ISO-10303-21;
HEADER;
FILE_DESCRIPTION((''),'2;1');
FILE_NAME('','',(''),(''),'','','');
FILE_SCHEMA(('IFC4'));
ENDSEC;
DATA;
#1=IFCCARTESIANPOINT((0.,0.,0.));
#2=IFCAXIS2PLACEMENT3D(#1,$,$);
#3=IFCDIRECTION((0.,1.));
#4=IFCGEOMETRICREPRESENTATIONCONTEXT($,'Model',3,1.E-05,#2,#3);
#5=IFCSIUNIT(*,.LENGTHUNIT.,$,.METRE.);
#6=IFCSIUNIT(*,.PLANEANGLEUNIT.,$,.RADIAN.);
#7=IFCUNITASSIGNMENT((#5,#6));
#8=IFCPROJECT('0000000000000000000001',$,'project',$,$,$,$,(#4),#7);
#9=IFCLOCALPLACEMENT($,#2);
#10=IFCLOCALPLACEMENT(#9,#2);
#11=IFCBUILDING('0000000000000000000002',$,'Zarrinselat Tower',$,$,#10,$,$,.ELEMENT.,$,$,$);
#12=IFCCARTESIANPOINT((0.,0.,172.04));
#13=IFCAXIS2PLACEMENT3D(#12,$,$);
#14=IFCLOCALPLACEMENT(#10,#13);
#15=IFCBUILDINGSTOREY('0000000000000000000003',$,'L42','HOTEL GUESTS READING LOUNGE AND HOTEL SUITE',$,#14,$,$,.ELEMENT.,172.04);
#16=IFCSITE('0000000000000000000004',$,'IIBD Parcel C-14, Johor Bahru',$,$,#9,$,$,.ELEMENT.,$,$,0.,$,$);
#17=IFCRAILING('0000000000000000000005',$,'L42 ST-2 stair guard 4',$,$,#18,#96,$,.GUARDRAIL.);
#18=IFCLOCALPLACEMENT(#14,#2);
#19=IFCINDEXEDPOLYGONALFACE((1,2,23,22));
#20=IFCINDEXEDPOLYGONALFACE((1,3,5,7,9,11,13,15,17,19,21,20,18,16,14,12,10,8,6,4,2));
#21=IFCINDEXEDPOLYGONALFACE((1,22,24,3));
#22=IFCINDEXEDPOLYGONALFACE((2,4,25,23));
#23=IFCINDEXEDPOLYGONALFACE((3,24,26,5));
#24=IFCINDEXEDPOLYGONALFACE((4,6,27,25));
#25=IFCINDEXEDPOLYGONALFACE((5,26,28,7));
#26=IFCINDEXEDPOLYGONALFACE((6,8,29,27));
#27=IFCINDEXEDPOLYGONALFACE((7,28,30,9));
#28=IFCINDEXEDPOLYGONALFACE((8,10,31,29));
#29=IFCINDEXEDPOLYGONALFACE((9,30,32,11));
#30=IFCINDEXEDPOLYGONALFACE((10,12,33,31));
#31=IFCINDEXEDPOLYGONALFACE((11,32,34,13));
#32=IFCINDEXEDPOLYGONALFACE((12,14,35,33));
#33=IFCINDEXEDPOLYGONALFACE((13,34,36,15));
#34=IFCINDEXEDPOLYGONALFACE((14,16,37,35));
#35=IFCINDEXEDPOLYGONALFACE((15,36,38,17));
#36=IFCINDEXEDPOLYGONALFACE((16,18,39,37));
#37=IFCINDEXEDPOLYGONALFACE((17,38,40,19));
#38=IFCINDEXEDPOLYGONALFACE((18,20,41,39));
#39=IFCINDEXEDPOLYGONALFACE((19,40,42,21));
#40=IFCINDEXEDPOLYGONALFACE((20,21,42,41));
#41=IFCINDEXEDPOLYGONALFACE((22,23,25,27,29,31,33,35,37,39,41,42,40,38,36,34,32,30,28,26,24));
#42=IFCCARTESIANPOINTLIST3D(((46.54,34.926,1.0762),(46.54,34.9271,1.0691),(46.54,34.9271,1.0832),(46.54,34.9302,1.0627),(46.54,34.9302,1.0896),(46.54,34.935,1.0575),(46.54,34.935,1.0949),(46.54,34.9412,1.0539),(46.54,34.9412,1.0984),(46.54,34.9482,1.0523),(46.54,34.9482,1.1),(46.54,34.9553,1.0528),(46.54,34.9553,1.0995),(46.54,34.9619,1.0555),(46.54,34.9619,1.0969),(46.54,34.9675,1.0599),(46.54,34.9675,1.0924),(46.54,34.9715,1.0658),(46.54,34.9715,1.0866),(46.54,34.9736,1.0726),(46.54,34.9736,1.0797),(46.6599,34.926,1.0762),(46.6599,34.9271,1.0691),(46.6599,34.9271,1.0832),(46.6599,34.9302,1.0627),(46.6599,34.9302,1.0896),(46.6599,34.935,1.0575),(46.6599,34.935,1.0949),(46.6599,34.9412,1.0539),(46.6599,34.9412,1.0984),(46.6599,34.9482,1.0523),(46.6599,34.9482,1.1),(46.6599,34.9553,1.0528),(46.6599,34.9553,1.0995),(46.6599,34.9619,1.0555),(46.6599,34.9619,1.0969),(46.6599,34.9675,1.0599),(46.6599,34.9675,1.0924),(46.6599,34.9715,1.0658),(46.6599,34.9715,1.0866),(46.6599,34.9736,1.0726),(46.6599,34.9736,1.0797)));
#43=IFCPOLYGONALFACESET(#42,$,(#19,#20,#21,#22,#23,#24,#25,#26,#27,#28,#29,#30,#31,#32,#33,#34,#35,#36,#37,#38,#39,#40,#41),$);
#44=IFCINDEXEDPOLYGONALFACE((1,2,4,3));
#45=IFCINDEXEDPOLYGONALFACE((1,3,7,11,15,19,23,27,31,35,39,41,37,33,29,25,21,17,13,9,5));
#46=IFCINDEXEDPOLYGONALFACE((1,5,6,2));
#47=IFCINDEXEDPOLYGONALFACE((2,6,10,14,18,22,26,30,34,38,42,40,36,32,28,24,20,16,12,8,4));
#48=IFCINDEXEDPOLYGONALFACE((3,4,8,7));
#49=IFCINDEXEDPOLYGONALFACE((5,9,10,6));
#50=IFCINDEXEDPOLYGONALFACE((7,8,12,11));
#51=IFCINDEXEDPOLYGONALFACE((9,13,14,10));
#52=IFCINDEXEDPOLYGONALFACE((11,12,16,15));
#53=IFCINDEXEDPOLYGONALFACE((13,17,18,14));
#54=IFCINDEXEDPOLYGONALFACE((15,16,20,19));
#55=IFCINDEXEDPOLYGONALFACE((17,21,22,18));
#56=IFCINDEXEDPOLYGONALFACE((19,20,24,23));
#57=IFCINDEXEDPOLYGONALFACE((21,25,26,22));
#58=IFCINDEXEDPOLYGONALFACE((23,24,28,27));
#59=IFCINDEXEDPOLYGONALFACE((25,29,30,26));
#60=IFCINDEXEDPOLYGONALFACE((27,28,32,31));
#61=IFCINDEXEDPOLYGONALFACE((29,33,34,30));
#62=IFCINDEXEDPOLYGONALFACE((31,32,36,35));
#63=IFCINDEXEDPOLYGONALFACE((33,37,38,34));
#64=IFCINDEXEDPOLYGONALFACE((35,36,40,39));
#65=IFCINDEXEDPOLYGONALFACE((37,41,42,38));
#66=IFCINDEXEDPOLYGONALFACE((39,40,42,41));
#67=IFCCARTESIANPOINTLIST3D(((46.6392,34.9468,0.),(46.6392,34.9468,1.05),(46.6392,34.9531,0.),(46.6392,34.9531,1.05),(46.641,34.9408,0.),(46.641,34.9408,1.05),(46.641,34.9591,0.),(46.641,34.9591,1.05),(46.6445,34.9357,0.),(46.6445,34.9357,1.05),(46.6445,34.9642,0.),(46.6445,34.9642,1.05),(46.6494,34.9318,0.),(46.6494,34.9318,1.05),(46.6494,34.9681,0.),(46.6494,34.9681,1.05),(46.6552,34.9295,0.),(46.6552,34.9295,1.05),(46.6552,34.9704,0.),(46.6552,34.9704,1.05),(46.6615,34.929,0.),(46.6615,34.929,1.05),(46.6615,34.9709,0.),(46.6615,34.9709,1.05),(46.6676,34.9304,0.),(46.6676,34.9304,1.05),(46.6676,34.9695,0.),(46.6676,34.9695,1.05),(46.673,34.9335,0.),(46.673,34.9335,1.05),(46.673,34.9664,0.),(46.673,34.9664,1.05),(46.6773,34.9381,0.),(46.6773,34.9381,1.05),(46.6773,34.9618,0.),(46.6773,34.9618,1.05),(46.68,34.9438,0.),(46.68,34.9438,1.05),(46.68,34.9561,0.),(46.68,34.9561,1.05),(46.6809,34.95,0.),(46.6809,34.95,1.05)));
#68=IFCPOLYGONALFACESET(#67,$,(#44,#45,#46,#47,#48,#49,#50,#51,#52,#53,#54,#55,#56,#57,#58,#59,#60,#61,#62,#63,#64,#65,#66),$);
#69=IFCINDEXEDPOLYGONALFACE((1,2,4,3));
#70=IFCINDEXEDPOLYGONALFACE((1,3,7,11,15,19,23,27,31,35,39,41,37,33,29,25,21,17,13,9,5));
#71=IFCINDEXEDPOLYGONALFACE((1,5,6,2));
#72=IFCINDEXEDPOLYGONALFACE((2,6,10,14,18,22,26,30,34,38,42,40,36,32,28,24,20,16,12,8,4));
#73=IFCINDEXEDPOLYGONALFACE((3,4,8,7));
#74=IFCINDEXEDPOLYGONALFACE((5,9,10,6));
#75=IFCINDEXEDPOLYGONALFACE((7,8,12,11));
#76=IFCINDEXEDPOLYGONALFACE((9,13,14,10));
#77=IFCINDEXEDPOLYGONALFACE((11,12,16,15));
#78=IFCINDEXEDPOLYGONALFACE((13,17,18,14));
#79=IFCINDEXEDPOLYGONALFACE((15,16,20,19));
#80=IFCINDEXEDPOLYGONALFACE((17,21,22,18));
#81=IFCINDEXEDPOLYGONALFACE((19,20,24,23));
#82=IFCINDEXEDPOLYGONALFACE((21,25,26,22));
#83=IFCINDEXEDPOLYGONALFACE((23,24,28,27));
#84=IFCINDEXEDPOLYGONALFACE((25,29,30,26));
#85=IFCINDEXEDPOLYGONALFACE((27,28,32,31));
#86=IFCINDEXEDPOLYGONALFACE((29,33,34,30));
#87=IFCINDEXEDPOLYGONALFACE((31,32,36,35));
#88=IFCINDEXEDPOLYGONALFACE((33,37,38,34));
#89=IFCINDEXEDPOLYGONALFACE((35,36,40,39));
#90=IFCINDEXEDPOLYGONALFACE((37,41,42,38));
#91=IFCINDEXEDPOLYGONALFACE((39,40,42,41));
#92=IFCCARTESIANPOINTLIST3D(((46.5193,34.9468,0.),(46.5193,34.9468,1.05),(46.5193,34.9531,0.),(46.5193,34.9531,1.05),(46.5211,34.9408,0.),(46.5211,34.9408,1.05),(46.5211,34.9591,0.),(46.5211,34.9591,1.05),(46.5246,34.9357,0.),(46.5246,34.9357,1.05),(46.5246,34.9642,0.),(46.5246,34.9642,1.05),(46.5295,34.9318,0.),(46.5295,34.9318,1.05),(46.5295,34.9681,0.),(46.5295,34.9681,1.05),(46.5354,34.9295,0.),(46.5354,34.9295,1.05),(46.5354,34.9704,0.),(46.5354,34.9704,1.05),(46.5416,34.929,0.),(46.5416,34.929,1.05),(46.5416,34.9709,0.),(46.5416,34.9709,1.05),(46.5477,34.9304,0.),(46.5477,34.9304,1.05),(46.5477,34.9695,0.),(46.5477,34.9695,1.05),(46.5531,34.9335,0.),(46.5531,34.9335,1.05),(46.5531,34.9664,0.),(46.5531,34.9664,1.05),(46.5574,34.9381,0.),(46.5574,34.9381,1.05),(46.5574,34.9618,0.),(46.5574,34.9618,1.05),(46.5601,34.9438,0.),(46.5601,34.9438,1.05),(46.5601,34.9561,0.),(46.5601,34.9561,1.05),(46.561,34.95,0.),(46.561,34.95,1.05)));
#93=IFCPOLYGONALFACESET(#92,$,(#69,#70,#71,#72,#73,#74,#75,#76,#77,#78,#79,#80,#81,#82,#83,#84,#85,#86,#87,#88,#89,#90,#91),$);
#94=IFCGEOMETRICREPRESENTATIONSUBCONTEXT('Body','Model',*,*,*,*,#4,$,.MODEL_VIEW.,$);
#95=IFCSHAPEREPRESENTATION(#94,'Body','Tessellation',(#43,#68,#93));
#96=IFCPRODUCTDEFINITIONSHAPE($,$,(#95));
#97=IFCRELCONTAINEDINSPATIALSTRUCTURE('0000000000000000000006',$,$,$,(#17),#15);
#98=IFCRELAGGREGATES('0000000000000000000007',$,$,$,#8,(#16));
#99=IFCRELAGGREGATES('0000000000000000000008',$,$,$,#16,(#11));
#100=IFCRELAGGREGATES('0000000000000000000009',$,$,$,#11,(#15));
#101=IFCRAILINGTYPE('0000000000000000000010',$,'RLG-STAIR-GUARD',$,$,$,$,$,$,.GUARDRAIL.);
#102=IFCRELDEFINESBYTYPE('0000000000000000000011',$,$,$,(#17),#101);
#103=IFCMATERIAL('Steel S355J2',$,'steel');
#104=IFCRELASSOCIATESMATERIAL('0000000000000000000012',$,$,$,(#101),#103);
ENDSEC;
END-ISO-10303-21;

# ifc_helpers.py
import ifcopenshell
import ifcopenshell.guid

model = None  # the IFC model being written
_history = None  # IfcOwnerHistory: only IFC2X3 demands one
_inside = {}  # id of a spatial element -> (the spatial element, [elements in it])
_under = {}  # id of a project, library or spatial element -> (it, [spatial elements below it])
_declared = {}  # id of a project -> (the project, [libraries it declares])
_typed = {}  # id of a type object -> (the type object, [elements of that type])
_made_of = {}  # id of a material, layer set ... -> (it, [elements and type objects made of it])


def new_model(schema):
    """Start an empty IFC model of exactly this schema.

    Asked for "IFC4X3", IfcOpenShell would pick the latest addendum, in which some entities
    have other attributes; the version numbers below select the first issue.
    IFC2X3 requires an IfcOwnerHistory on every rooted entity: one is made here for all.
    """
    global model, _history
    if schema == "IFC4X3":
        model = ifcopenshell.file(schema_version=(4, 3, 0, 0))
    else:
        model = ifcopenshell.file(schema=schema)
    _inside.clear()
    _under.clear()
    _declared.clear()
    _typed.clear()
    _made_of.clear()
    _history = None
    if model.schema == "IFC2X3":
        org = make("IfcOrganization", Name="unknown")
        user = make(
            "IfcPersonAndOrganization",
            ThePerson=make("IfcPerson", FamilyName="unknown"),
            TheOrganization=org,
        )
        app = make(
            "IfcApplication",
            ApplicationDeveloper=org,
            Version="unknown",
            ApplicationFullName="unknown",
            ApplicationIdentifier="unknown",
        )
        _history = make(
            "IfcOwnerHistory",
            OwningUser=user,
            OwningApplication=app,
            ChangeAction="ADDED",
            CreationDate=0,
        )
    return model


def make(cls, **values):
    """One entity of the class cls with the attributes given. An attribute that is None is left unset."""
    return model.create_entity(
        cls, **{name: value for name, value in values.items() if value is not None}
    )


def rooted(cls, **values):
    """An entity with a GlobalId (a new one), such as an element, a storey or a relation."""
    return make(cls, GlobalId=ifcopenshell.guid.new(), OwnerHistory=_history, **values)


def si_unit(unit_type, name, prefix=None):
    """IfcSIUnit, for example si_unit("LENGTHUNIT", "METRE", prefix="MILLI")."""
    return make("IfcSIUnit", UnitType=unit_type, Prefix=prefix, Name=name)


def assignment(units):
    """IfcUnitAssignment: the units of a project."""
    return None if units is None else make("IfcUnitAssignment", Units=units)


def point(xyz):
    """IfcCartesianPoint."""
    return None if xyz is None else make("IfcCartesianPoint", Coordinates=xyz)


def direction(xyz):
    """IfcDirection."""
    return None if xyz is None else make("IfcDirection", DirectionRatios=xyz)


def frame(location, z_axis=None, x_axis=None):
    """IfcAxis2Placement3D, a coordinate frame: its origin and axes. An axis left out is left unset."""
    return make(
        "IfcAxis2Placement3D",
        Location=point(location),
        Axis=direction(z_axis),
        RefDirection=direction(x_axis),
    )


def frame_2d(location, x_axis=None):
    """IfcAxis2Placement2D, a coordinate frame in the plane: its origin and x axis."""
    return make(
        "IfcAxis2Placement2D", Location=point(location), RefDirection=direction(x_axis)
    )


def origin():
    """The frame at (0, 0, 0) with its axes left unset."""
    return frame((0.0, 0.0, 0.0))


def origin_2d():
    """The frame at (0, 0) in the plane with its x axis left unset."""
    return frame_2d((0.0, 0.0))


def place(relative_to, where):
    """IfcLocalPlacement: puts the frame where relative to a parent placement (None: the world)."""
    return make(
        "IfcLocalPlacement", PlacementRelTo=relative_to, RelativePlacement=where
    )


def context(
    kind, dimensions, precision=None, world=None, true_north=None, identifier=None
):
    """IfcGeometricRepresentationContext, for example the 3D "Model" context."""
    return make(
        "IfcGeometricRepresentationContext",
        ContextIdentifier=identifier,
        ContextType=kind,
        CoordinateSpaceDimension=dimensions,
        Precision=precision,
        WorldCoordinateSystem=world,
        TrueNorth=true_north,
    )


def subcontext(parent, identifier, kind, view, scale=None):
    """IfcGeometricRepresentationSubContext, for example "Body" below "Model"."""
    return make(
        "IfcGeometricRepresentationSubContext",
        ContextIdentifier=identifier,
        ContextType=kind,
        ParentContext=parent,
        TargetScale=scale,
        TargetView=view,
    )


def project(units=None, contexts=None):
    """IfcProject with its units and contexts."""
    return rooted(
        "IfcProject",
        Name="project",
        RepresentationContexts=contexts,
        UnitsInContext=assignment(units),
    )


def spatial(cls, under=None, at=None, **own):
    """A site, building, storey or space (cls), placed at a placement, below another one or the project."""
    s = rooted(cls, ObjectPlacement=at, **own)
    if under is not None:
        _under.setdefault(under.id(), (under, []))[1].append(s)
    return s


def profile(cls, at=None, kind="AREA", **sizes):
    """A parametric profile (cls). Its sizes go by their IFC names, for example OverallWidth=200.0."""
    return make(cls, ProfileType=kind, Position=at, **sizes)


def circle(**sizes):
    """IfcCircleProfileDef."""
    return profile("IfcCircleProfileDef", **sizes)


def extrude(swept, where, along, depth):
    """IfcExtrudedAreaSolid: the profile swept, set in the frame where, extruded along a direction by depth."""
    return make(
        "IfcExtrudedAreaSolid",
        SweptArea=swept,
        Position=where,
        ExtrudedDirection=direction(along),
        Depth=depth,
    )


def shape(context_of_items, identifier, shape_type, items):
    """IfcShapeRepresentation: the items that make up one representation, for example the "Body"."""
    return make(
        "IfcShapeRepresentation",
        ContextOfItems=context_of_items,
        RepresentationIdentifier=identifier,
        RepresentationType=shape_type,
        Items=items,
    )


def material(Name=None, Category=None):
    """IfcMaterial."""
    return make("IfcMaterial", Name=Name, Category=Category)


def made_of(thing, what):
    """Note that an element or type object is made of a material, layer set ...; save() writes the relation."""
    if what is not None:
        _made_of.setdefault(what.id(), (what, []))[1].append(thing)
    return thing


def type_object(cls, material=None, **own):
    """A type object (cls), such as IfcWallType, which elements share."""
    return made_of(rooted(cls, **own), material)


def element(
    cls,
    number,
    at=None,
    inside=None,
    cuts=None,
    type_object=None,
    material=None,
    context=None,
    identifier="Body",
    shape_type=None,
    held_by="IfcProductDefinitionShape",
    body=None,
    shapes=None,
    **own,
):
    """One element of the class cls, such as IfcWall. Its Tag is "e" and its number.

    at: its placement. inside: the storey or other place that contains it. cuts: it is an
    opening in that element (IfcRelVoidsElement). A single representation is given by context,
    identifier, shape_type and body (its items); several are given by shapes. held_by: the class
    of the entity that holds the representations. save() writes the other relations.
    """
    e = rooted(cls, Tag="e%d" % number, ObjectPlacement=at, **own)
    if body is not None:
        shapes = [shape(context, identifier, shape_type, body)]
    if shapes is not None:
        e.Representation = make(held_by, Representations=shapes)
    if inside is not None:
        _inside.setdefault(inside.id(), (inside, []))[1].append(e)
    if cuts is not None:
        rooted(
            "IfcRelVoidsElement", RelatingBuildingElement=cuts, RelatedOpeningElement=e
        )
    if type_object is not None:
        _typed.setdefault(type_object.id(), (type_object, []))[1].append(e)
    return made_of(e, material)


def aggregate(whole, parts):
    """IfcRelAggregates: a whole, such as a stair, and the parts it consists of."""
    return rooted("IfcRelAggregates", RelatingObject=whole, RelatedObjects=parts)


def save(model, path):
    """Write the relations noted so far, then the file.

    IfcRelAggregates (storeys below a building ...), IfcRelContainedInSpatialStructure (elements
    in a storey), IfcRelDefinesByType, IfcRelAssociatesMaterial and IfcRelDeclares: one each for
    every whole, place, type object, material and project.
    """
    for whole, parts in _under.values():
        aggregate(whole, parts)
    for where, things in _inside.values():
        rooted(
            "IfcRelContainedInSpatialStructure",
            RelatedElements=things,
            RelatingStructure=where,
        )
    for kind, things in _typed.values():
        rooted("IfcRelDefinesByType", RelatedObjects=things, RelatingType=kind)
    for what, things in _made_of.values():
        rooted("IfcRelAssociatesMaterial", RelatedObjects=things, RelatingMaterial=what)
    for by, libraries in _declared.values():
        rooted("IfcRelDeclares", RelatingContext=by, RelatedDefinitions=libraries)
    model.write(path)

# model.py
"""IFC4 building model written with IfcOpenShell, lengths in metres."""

from ifc_helpers import new_model, si_unit, direction, frame, origin, origin_2d, place, context, subcontext, project, spatial, circle, extrude, material, type_object, element, save


model = new_model("IFC4")

# Units and contexts
model_context = context("Model", 3, precision=1e-05, world=origin(), true_north=direction((0.0, 1.0)))
body_context = subcontext(model_context, "Body", "Model", "MODEL_VIEW")
ifc_project = project(units=[si_unit("LENGTHUNIT", "METRE"), si_unit("PLANEANGLEUNIT", "RADIAN")], contexts=[model_context])

# Site, building, storey
site_placement = place(None, origin())
site = spatial("IfcSite", under=ifc_project, at=site_placement, Name="IIBD Parcel C-14, Johor Bahru", CompositionType="ELEMENT", RefElevation=0.0)
building_placement = place(site_placement, origin())
building = spatial("IfcBuilding", under=site, at=building_placement, Name="Zarrinselat Tower", CompositionType="ELEMENT")
storey_placement = place(building_placement, frame((0.0, 0.0, 172.04)))
storey = spatial("IfcBuildingStorey", under=building, at=storey_placement, Name="L42", Description="HOTEL GUESTS READING LOUNGE AND HOTEL SUITE", CompositionType="ELEMENT", Elevation=172.04)

# Railing
ifc_material_1 = material(Name="Steel S355J2", Category="steel")
railing_type_1 = type_object("IfcRailingType", Name="RLG-STAIR-GUARD", PredefinedType="GUARDRAIL", material=ifc_material_1)
railing_1_placement = place(storey_placement, frame((46.6599, 34.95, 0.0)))
element("IfcRailing", 1, at=railing_1_placement, inside=storey, type_object=railing_type_1, Name="L42 ST-2 stair guard 4", PredefinedType="GUARDRAIL", context=body_context, shape_type="SweptSolid", body=[
    extrude(circle(Radius=0.0239, at=origin_2d()), frame((0.0, 0.0, 1.0762), z_axis=(-1.0, 0.0, 0.0), x_axis=(0.0, -1.0, 0.0)), (0.0, 0.0, 1.0), 0.1199),
    extrude(circle(Radius=0.021, at=origin_2d()), origin(), (0.0, 0.0, 1.0), 1.05),
    extrude(circle(Radius=0.021, at=origin_2d()), frame((-0.1199, 0.0, 0.0)), (0.0, 0.0, 1.0), 1.05),
])

save(model, "model.ifc")
